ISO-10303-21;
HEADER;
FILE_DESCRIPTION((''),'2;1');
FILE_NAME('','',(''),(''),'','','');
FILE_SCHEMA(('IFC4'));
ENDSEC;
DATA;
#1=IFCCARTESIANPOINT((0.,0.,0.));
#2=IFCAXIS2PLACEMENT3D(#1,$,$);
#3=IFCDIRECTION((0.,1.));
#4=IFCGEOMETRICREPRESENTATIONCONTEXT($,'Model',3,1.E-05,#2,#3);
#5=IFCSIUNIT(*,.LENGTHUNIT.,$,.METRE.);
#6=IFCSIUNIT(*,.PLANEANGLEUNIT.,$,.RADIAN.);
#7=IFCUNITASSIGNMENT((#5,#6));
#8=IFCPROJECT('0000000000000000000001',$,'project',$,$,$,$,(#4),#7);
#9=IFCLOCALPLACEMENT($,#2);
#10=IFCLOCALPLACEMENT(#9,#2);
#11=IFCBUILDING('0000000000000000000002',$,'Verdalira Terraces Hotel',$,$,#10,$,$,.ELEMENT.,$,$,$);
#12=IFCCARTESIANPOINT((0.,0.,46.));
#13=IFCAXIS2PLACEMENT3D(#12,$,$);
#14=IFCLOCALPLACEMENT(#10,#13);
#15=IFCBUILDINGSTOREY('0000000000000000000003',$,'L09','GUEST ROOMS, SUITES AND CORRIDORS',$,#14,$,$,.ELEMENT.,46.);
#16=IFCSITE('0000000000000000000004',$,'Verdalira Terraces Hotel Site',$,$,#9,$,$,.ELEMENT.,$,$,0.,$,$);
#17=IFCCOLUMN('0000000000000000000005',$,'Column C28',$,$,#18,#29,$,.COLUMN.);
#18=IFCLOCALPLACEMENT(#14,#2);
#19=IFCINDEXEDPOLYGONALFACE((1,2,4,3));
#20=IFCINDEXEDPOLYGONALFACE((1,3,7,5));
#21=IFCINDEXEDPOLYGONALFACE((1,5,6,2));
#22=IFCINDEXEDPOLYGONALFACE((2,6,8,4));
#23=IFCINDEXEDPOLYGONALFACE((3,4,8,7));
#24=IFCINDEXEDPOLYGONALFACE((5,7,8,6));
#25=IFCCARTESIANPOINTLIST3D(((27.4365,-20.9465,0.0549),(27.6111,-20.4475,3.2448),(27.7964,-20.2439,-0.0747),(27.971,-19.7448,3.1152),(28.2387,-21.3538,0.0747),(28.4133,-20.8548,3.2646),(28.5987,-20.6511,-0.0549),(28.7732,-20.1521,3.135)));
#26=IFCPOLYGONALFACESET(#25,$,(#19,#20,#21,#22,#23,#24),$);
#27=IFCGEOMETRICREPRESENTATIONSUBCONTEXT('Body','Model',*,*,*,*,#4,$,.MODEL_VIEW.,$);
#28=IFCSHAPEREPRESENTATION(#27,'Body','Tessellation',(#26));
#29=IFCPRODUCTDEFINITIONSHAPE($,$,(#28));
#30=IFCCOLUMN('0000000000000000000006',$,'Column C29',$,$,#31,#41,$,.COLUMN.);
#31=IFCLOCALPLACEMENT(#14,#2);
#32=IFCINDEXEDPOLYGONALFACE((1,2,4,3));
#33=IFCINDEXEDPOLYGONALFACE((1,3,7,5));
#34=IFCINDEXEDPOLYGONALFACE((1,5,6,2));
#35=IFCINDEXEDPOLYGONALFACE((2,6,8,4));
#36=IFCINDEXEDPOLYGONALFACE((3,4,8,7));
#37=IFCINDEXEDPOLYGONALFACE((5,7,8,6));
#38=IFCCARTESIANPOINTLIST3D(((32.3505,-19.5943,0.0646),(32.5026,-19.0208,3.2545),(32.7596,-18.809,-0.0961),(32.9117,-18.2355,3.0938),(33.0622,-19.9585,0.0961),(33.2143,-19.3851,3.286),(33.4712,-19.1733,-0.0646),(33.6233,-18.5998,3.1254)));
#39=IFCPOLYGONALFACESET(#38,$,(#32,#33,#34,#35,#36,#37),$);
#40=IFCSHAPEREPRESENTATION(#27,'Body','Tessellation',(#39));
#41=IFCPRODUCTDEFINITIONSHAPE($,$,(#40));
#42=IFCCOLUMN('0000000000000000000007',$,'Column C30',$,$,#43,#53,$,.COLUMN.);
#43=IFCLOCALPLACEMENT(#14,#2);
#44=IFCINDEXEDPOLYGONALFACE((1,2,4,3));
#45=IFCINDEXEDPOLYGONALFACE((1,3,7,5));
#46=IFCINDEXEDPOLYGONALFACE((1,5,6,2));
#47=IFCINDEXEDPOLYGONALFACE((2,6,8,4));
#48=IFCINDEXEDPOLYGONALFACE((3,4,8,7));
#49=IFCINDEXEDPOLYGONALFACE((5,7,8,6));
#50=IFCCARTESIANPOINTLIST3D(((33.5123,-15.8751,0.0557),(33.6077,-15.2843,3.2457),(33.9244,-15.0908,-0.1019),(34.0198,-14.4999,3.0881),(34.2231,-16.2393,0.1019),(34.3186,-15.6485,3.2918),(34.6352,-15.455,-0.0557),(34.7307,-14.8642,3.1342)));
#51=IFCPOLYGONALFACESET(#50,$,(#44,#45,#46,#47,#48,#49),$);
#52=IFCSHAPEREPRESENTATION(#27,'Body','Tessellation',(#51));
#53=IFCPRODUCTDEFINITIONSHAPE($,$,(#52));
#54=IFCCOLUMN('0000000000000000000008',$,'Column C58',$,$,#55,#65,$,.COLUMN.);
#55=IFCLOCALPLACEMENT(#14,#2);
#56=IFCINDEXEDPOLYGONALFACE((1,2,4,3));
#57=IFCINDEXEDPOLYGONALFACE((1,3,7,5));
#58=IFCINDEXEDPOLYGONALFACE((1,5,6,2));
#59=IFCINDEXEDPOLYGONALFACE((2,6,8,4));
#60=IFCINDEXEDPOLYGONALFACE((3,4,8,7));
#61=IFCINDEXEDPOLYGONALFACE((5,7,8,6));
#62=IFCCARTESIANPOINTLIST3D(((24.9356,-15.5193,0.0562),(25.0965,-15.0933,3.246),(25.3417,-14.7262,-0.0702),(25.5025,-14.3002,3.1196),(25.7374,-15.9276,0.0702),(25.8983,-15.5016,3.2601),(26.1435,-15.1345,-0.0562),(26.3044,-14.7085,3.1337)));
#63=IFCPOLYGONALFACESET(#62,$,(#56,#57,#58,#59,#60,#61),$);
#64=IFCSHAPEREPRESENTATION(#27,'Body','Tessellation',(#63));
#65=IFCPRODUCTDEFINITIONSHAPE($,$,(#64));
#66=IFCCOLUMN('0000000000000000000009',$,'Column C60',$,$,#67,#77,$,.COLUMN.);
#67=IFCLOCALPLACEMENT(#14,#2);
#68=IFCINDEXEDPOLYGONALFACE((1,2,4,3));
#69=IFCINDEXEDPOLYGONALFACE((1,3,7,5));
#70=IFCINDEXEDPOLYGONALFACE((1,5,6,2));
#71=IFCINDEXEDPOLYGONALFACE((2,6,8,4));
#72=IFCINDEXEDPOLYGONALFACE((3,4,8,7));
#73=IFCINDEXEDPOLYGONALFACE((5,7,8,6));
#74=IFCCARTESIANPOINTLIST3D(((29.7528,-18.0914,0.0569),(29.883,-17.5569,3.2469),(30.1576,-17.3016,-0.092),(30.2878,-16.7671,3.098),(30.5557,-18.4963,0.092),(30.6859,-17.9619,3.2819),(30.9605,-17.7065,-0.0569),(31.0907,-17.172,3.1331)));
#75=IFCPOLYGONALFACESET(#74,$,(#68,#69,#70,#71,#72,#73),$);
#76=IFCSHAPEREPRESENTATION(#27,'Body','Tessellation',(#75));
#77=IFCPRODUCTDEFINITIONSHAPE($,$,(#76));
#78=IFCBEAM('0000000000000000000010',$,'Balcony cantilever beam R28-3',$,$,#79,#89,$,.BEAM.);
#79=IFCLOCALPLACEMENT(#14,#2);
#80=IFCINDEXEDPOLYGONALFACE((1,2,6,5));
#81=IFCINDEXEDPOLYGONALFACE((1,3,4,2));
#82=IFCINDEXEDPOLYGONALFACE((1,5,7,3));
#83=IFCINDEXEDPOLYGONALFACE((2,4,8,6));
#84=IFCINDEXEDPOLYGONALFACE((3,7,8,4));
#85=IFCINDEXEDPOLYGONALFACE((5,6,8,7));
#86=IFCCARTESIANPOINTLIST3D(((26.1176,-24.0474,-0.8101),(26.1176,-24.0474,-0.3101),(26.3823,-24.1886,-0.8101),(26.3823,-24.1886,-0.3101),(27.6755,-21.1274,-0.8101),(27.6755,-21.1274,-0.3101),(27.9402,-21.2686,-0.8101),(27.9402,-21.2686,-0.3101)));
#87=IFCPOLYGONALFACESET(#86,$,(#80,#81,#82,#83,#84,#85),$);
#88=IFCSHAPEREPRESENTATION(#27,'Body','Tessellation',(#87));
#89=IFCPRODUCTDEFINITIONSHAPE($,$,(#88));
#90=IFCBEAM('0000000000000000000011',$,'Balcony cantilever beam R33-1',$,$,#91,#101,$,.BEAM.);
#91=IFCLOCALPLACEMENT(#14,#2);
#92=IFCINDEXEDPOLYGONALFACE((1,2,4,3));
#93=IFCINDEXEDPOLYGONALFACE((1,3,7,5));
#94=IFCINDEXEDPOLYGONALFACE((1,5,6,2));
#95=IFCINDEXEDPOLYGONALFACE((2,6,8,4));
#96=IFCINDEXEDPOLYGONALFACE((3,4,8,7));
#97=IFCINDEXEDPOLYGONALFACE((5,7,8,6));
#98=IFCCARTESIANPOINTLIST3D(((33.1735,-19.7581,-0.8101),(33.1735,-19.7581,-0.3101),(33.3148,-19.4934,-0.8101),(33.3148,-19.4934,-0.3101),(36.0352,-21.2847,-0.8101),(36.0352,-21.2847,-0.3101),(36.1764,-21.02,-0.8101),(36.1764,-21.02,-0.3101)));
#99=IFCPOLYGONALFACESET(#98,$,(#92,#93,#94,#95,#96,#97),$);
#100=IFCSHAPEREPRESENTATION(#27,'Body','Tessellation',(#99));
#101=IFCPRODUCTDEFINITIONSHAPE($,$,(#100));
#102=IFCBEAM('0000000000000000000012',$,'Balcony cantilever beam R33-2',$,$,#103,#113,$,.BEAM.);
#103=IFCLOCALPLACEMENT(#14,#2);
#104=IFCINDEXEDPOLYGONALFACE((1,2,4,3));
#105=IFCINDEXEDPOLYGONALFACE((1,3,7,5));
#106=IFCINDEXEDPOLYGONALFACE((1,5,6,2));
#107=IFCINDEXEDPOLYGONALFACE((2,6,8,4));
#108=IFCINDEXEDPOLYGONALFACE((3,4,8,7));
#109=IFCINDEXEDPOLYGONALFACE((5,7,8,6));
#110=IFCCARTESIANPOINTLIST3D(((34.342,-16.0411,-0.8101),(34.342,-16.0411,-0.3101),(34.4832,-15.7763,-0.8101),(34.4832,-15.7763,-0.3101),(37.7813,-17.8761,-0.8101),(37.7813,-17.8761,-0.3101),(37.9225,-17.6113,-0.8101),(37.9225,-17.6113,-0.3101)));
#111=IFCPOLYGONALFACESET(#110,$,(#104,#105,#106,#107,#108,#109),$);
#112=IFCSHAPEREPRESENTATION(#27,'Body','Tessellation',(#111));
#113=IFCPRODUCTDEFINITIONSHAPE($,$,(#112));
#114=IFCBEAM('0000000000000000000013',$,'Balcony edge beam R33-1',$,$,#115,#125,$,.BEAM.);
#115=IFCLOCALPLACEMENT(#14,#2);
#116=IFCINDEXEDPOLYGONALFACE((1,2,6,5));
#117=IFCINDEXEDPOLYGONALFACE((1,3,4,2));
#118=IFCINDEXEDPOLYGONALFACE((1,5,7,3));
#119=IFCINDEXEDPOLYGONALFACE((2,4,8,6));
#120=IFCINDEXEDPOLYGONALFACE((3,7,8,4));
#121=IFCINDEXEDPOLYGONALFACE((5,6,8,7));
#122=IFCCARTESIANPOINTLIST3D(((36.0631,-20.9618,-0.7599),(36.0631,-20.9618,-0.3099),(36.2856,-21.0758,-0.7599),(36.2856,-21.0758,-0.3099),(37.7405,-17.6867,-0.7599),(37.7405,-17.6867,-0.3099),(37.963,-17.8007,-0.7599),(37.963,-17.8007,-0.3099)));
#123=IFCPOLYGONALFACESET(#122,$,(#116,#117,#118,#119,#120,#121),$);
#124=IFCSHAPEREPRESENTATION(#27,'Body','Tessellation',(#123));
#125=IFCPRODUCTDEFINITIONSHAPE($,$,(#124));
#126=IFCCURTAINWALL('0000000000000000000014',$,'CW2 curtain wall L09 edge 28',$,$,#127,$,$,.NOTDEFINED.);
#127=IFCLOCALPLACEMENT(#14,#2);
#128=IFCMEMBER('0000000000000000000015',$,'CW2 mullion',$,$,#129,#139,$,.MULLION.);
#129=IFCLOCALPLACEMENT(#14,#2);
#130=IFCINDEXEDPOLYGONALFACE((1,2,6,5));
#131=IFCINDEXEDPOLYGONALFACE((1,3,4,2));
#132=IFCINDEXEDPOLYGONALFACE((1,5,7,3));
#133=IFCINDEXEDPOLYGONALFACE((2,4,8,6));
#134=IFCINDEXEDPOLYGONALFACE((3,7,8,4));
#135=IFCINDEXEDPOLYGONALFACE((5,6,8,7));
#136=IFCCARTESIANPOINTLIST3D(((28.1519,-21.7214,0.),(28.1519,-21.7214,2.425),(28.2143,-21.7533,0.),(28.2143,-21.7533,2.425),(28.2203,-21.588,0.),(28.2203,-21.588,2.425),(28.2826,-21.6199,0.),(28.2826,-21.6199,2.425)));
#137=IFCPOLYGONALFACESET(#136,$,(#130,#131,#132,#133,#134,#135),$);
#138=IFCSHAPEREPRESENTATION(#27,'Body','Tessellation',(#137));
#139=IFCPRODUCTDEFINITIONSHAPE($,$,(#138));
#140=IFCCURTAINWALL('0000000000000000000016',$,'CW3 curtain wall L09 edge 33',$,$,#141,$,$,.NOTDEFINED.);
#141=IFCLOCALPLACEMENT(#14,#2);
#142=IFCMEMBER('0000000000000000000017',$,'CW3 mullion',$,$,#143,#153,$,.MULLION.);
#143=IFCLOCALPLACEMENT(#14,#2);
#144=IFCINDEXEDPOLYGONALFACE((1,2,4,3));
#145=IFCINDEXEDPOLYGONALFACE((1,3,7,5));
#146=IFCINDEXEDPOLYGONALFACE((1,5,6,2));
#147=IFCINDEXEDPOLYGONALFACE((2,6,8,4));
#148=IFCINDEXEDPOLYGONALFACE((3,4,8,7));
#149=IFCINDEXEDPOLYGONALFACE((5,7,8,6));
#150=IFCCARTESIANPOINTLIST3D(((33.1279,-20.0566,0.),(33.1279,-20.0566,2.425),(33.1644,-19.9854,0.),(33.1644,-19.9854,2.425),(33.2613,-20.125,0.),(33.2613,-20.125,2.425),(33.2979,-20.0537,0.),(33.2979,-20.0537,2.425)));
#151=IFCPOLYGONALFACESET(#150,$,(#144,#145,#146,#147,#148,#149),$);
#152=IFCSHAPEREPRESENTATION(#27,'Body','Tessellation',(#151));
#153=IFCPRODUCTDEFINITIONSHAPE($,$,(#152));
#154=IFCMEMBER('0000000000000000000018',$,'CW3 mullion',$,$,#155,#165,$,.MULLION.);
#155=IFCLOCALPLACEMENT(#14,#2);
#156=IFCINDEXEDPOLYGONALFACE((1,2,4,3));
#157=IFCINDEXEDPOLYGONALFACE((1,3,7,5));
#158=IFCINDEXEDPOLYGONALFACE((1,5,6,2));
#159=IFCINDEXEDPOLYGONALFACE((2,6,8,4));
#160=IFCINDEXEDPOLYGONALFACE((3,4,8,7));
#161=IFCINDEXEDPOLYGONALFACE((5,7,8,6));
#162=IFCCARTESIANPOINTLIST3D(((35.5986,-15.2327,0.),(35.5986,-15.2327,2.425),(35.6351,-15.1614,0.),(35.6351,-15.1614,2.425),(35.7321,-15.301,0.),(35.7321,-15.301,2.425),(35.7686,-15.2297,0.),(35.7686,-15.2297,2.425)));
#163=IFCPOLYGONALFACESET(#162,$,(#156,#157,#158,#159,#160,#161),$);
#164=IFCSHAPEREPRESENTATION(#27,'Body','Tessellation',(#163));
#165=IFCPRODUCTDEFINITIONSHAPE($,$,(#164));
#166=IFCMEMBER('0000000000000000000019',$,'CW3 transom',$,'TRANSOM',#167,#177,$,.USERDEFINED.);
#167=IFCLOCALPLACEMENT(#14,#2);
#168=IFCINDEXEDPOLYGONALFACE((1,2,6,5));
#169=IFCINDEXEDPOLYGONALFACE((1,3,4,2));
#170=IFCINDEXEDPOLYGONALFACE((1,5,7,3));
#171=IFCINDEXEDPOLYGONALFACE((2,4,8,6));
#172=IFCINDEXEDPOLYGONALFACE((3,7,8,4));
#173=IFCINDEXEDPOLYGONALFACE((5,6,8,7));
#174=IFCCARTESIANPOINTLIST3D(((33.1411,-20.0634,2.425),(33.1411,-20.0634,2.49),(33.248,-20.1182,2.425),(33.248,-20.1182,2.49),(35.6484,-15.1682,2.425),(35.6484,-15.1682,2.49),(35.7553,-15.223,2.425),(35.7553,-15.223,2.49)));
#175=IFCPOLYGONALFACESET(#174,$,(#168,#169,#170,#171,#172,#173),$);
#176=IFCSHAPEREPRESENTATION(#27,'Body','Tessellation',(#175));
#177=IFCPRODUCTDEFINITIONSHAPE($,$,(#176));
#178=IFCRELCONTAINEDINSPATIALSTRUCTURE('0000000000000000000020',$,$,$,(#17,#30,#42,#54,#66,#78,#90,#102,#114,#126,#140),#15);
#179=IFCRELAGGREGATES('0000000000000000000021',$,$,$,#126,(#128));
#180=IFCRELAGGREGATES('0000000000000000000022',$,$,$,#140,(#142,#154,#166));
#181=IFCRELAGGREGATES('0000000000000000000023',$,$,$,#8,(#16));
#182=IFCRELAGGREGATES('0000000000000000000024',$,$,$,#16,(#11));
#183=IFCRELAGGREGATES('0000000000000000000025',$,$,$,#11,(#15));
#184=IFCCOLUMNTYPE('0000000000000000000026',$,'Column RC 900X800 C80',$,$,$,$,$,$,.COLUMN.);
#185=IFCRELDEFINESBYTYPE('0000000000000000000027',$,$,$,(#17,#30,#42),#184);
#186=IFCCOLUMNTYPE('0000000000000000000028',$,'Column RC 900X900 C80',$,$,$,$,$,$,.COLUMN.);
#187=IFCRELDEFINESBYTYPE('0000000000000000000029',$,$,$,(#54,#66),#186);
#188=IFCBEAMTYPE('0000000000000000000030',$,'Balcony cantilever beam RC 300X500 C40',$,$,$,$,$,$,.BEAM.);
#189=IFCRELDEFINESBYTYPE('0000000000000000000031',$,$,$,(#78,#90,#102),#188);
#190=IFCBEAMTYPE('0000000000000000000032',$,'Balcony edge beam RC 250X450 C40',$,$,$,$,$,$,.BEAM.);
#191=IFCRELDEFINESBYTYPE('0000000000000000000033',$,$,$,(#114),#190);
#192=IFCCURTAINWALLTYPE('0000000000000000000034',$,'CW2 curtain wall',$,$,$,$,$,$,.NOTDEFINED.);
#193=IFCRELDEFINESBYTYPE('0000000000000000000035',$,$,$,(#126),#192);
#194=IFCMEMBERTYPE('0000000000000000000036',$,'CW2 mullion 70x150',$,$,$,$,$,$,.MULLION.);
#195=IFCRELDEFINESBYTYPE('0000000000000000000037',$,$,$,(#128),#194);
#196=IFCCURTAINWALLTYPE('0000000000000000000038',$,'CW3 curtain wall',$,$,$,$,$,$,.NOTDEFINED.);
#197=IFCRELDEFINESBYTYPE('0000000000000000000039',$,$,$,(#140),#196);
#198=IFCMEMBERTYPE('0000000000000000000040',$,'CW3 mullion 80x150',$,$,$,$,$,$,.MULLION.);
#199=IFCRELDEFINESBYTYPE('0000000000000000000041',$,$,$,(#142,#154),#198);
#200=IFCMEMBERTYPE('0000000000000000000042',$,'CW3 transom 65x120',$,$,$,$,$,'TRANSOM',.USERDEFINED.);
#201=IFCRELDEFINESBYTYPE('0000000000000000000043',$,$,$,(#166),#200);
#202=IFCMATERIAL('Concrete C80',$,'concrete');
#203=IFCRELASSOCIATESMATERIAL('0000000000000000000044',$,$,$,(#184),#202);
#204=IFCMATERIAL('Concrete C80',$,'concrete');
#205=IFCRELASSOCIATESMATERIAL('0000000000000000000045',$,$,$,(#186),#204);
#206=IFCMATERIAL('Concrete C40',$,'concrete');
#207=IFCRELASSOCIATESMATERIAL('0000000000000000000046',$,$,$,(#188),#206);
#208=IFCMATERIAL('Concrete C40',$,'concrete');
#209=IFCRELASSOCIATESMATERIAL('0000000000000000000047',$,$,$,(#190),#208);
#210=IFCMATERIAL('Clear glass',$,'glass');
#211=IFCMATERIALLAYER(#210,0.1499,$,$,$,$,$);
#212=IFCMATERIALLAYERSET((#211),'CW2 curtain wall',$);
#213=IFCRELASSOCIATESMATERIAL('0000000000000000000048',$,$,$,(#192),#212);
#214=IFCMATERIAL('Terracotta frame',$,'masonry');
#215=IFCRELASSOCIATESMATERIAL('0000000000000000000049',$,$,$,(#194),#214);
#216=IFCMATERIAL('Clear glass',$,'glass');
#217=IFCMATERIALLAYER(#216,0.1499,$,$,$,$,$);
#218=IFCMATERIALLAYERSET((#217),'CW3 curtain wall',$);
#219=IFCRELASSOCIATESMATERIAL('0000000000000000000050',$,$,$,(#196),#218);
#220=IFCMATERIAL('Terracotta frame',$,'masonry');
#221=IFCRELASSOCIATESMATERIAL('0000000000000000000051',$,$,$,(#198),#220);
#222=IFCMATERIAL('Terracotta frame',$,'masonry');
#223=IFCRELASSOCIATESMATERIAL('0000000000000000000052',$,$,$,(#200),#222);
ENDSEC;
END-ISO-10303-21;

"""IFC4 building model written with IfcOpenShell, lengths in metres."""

from ifc_helpers import new_model, si_unit, direction, frame, origin, origin_2d, place, context, subcontext, project, spatial, rectangle, extrude, material, layer, layer_set, material_profile, profile_set, type_object, element, aggregate, save


model = new_model("IFC4")

# Units and contexts
model_context = context("Model", 3, precision=1e-05, world=origin(), true_north=direction((0.0, 1.0)))
body_context = subcontext(model_context, "Body", "Model", "MODEL_VIEW")
ifc_project = project(units=[si_unit("LENGTHUNIT", "METRE"), si_unit("PLANEANGLEUNIT", "RADIAN")], contexts=[model_context])

# Site, building, storey
site_placement = place(None, origin())
site = spatial("IfcSite", under=ifc_project, at=site_placement, Name="Verdalira Terraces Hotel Site", CompositionType="ELEMENT", RefElevation=0.0)
building_placement = place(site_placement, origin())
building = spatial("IfcBuilding", under=site, at=building_placement, Name="Verdalira Terraces Hotel", CompositionType="ELEMENT")
storey_placement = place(building_placement, frame((0.0, 0.0, 46.0)))
storey = spatial("IfcBuildingStorey", under=building, at=storey_placement, Name="L09", Description="GUEST ROOMS, SUITES AND CORRIDORS", CompositionType="ELEMENT", Elevation=46.0)

# Columns
ifc_material_1 = material(Name="Concrete C80", Category="concrete")
ifc_material_profile_1 = material_profile(ifc_material_1, rectangle(XDim=0.8999, YDim=0.8, at=origin_2d()), Name="RC 900X800")
ifc_profile_set_1 = profile_set([ifc_material_profile_1], Name="Concrete C80")
column_type_1 = type_object("IfcColumnType", Name="Column RC 900X800 C80", PredefinedType="COLUMN", material=ifc_profile_set_1)
column_1_placement = place(storey_placement, frame((28.0176, -20.7988, 0.0), z_axis=(0.053986, 0.154331, 0.986543), x_axis=(0.891455, -0.452575, 0.022017)))
element("IfcColumn", 1, at=column_1_placement, inside=storey, type_object=column_type_1, Name="Column C28", PredefinedType="COLUMN", context=body_context, shape_type="SweptSolid", body=[
    extrude(rectangle(XDim=0.8999, YDim=0.8, at=origin_2d()), origin(), (0.0, 0.0, 1.0), 3.2334),
])
column_2_placement = place(storey_placement, frame((32.9109, -19.3838, 0.0), z_axis=(0.046877, 0.176748, 0.983139), x_axis=(0.454543, 0.872644, -0.178557)))
element("IfcColumn", 2, at=column_2_placement, inside=storey, type_object=column_type_1, Name="Column C29", PredefinedType="COLUMN", context=body_context, shape_type="SweptSolid", body=[
    extrude(rectangle(XDim=0.8999, YDim=0.8, at=origin_2d()), origin(), (0.0, 0.0, 1.0), 3.2446),
])
column_3_placement = place(storey_placement, frame((34.0737, -15.665, 0.0), z_axis=(0.029412, 0.182037, 0.982852), x_axis=(0.457949, 0.871558, -0.175128)))
element("IfcColumn", 3, at=column_3_placement, inside=storey, type_object=column_type_1, Name="Column C30", PredefinedType="COLUMN", context=body_context, shape_type="SweptSolid", body=[
    extrude(rectangle(XDim=0.8999, YDim=0.8, at=origin_2d()), origin(), (0.0, 0.0, 1.0), 3.2456),
])
ifc_material_2 = material(Name="Concrete C80", Category="concrete")
ifc_material_profile_2 = material_profile(ifc_material_2, rectangle(XDim=0.8999, YDim=0.8999, at=origin_2d()), Name="RC 900X900")
ifc_profile_set_2 = profile_set([ifc_material_profile_2], Name="Concrete C80")
column_type_2 = type_object("IfcColumnType", Name="Column RC 900X900 C80", PredefinedType="COLUMN", material=ifc_profile_set_2)
column_4_placement = place(storey_placement, frame((25.5396, -15.3269, 0.0), z_axis=(0.04993, 0.132212, 0.989963), x_axis=(0.891024, -0.453686, 0.015651)))
element("IfcColumn", 4, at=column_4_placement, inside=storey, type_object=column_type_2, Name="Column C58", PredefinedType="COLUMN", context=body_context, shape_type="SweptSolid", body=[
    extrude(rectangle(XDim=0.8999, YDim=0.8999, at=origin_2d()), origin(), (0.0, 0.0, 1.0), 3.2222),
])
column_5_placement = place(storey_placement, frame((30.3567, -17.8989, 0.0), z_axis=(0.0402, 0.165098, 0.985458), x_axis=(0.892205, -0.449944, 0.038985)))
element("IfcColumn", 5, at=column_5_placement, inside=storey, type_object=column_type_2, Name="Column C60", PredefinedType="COLUMN", context=body_context, shape_type="SweptSolid", body=[
    extrude(rectangle(XDim=0.8999, YDim=0.8999, at=origin_2d()), origin(), (0.0, 0.0, 1.0), 3.2371),
])

# Beams
ifc_material_3 = material(Name="Concrete C40", Category="concrete")
ifc_material_profile_3 = material_profile(ifc_material_3, rectangle(XDim=0.3, YDim=0.5, at=origin_2d()), Name="RC 300X500")
ifc_profile_set_3 = profile_set([ifc_material_profile_3], Name="Concrete C40")
beam_type_1 = type_object("IfcBeamType", Name="Balcony cantilever beam RC 300X500 C40", PredefinedType="BEAM", material=ifc_profile_set_3)
beam_1_placement = place(storey_placement, frame((27.8079, -21.198, -0.5601), z_axis=(-0.470722, -0.882281, 0.0), x_axis=(0.882281, -0.470722, 0.0)))
element("IfcBeam", 6, at=beam_1_placement, inside=storey, type_object=beam_type_1, Name="Balcony cantilever beam R28-3", PredefinedType="BEAM", context=body_context, shape_type="SweptSolid", body=[
    extrude(rectangle(XDim=0.3, YDim=0.5, at=origin_2d()), origin(), (0.0, 0.0, 1.0), 3.3096),
])
beam_2_placement = place(storey_placement, frame((33.2441, -19.6257, -0.5601), z_axis=(0.882297, -0.470694, 0.0), x_axis=(0.470694, 0.882297, 0.0)))
element("IfcBeam", 7, at=beam_2_placement, inside=storey, type_object=beam_type_1, Name="Balcony cantilever beam R33-1", PredefinedType="BEAM", context=body_context, shape_type="SweptSolid", body=[
    extrude(rectangle(XDim=0.3, YDim=0.5, at=origin_2d()), origin(), (0.0, 0.0, 1.0), 3.2434),
])
beam_3_placement = place(storey_placement, frame((34.4126, -15.9087, -0.5601), z_axis=(0.882277, -0.470731, 0.0), x_axis=(0.470731, 0.882277, 0.0)))
element("IfcBeam", 8, at=beam_3_placement, inside=storey, type_object=beam_type_1, Name="Balcony cantilever beam R33-2", PredefinedType="BEAM", context=body_context, shape_type="SweptSolid", body=[
    extrude(rectangle(XDim=0.3, YDim=0.5, at=origin_2d()), origin(), (0.0, 0.0, 1.0), 3.8982),
])
ifc_material_4 = material(Name="Concrete C40", Category="concrete")
ifc_material_profile_4 = material_profile(ifc_material_4, rectangle(XDim=0.25, YDim=0.45, at=origin_2d()), Name="RC 250X450")
ifc_profile_set_4 = profile_set([ifc_material_profile_4], Name="Concrete C40")
beam_type_2 = type_object("IfcBeamType", Name="Balcony edge beam RC 250X450 C40", PredefinedType="BEAM", material=ifc_profile_set_4)
beam_4_placement = place(storey_placement, frame((36.1743, -21.0188, -0.5349), z_axis=(0.455871, 0.890046, 0.0), x_axis=(-0.890046, 0.455871, 0.0)))
element("IfcBeam", 9, at=beam_4_placement, inside=storey, type_object=beam_type_2, Name="Balcony edge beam R33-1", PredefinedType="BEAM", context=body_context, shape_type="SweptSolid", body=[
    extrude(rectangle(XDim=0.25, YDim=0.45, at=origin_2d()), origin(), (0.0, 0.0, 1.0), 3.6797),
])

# Curtain wall, member
ifc_material_5 = material(Name="Clear glass", Category="glass")
ifc_layer_1 = layer(ifc_material_5, 0.1499)
ifc_layer_set_1 = layer_set([ifc_layer_1], Name="CW2 curtain wall")
curtain_wall_type_1 = type_object("IfcCurtainWallType", Name="CW2 curtain wall", PredefinedType="NOTDEFINED", material=ifc_layer_set_1)
curtain_wall_1_placement = place(storey_placement, origin())
curtain_wall_1 = element("IfcCurtainWall", 10, at=curtain_wall_1_placement, inside=storey, type_object=curtain_wall_type_1, Name="CW2 curtain wall L09 edge 28", PredefinedType="NOTDEFINED")
ifc_material_6 = material(Name="Terracotta frame", Category="masonry")
ifc_material_profile_5 = material_profile(ifc_material_6, rectangle(XDim=0.0701, YDim=0.1499, at=origin_2d()), Name="MU 70x150")
ifc_profile_set_5 = profile_set([ifc_material_profile_5], Name="Terracotta frame")
member_type_1 = type_object("IfcMemberType", Name="CW2 mullion 70x150", PredefinedType="MULLION", material=ifc_profile_set_5)
member_1_placement = place(storey_placement, frame((28.2173, -21.6707, 0.0), z_axis=(0.0, 0.0, 1.0), x_axis=(0.890054, -0.455856, 0.0)))
member_1 = element("IfcMember", 11, at=member_1_placement, type_object=member_type_1, Name="CW2 mullion", PredefinedType="MULLION", context=body_context, shape_type="SweptSolid", body=[
    extrude(rectangle(XDim=0.0701, YDim=0.1499, at=origin_2d()), origin(), (0.0, 0.0, 1.0), 2.425),
])
aggregate(curtain_wall_1, [member_1])

# Curtain wall, members
ifc_material_7 = material(Name="Clear glass", Category="glass")
ifc_layer_2 = layer(ifc_material_7, 0.1499)
ifc_layer_set_2 = layer_set([ifc_layer_2], Name="CW3 curtain wall")
curtain_wall_type_2 = type_object("IfcCurtainWallType", Name="CW3 curtain wall", PredefinedType="NOTDEFINED", material=ifc_layer_set_2)
curtain_wall_2_placement = place(storey_placement, origin())
curtain_wall_2 = element("IfcCurtainWall", 12, at=curtain_wall_2_placement, inside=storey, type_object=curtain_wall_type_2, Name="CW3 curtain wall L09 edge 33", PredefinedType="NOTDEFINED")
ifc_material_8 = material(Name="Terracotta frame", Category="masonry")
ifc_material_profile_6 = material_profile(ifc_material_8, rectangle(XDim=0.0801, YDim=0.1499, at=origin_2d()), Name="MU 80x150")
ifc_profile_set_6 = profile_set([ifc_material_profile_6], Name="Terracotta frame")
member_type_2 = type_object("IfcMemberType", Name="CW3 mullion 80x150", PredefinedType="MULLION", material=ifc_profile_set_6)
member_2_placement = place(storey_placement, frame((33.2129, -20.0552, 0.0), z_axis=(0.0, 0.0, 1.0), x_axis=(0.455856, 0.890054, 0.0)))
member_2 = element("IfcMember", 13, at=member_2_placement, type_object=member_type_2, Name="CW3 mullion", PredefinedType="MULLION", context=body_context, shape_type="SweptSolid", body=[
    extrude(rectangle(XDim=0.0801, YDim=0.1499, at=origin_2d()), origin(), (0.0, 0.0, 1.0), 2.425),
])
member_3_placement = place(storey_placement, frame((35.6836, -15.2312, 0.0), z_axis=(0.0, 0.0, 1.0), x_axis=(0.455856, 0.890054, 0.0)))
member_3 = element("IfcMember", 14, at=member_3_placement, type_object=member_type_2, Name="CW3 mullion", PredefinedType="MULLION", context=body_context, shape_type="SweptSolid", body=[
    extrude(rectangle(XDim=0.0801, YDim=0.1499, at=origin_2d()), origin(), (0.0, 0.0, 1.0), 2.425),
])
ifc_material_9 = material(Name="Terracotta frame", Category="masonry")
ifc_material_profile_7 = material_profile(ifc_material_9, rectangle(XDim=0.1201, YDim=0.0649, at=origin_2d()), Name="TR 65x120")
ifc_profile_set_7 = profile_set([ifc_material_profile_7], Name="Terracotta frame")
member_type_3 = type_object("IfcMemberType", Name="CW3 transom 65x120", ElementType="TRANSOM", PredefinedType="USERDEFINED", material=ifc_profile_set_7)
member_4_placement = place(storey_placement, frame((33.1946, -20.0908, 2.4575), z_axis=(0.455875, 0.890044, 0.0), x_axis=(-0.890044, 0.455875, 0.0)))
member_4 = element("IfcMember", 15, at=member_4_placement, type_object=member_type_3, Name="CW3 transom", ObjectType="TRANSOM", PredefinedType="USERDEFINED", context=body_context, shape_type="SweptSolid", body=[
    extrude(rectangle(XDim=0.1201, YDim=0.0649, at=origin_2d()), origin(), (0.0, 0.0, 1.0), 5.5),
])

aggregate(curtain_wall_2, [member_2, member_3, member_4])

save(model, "model.ifc")
